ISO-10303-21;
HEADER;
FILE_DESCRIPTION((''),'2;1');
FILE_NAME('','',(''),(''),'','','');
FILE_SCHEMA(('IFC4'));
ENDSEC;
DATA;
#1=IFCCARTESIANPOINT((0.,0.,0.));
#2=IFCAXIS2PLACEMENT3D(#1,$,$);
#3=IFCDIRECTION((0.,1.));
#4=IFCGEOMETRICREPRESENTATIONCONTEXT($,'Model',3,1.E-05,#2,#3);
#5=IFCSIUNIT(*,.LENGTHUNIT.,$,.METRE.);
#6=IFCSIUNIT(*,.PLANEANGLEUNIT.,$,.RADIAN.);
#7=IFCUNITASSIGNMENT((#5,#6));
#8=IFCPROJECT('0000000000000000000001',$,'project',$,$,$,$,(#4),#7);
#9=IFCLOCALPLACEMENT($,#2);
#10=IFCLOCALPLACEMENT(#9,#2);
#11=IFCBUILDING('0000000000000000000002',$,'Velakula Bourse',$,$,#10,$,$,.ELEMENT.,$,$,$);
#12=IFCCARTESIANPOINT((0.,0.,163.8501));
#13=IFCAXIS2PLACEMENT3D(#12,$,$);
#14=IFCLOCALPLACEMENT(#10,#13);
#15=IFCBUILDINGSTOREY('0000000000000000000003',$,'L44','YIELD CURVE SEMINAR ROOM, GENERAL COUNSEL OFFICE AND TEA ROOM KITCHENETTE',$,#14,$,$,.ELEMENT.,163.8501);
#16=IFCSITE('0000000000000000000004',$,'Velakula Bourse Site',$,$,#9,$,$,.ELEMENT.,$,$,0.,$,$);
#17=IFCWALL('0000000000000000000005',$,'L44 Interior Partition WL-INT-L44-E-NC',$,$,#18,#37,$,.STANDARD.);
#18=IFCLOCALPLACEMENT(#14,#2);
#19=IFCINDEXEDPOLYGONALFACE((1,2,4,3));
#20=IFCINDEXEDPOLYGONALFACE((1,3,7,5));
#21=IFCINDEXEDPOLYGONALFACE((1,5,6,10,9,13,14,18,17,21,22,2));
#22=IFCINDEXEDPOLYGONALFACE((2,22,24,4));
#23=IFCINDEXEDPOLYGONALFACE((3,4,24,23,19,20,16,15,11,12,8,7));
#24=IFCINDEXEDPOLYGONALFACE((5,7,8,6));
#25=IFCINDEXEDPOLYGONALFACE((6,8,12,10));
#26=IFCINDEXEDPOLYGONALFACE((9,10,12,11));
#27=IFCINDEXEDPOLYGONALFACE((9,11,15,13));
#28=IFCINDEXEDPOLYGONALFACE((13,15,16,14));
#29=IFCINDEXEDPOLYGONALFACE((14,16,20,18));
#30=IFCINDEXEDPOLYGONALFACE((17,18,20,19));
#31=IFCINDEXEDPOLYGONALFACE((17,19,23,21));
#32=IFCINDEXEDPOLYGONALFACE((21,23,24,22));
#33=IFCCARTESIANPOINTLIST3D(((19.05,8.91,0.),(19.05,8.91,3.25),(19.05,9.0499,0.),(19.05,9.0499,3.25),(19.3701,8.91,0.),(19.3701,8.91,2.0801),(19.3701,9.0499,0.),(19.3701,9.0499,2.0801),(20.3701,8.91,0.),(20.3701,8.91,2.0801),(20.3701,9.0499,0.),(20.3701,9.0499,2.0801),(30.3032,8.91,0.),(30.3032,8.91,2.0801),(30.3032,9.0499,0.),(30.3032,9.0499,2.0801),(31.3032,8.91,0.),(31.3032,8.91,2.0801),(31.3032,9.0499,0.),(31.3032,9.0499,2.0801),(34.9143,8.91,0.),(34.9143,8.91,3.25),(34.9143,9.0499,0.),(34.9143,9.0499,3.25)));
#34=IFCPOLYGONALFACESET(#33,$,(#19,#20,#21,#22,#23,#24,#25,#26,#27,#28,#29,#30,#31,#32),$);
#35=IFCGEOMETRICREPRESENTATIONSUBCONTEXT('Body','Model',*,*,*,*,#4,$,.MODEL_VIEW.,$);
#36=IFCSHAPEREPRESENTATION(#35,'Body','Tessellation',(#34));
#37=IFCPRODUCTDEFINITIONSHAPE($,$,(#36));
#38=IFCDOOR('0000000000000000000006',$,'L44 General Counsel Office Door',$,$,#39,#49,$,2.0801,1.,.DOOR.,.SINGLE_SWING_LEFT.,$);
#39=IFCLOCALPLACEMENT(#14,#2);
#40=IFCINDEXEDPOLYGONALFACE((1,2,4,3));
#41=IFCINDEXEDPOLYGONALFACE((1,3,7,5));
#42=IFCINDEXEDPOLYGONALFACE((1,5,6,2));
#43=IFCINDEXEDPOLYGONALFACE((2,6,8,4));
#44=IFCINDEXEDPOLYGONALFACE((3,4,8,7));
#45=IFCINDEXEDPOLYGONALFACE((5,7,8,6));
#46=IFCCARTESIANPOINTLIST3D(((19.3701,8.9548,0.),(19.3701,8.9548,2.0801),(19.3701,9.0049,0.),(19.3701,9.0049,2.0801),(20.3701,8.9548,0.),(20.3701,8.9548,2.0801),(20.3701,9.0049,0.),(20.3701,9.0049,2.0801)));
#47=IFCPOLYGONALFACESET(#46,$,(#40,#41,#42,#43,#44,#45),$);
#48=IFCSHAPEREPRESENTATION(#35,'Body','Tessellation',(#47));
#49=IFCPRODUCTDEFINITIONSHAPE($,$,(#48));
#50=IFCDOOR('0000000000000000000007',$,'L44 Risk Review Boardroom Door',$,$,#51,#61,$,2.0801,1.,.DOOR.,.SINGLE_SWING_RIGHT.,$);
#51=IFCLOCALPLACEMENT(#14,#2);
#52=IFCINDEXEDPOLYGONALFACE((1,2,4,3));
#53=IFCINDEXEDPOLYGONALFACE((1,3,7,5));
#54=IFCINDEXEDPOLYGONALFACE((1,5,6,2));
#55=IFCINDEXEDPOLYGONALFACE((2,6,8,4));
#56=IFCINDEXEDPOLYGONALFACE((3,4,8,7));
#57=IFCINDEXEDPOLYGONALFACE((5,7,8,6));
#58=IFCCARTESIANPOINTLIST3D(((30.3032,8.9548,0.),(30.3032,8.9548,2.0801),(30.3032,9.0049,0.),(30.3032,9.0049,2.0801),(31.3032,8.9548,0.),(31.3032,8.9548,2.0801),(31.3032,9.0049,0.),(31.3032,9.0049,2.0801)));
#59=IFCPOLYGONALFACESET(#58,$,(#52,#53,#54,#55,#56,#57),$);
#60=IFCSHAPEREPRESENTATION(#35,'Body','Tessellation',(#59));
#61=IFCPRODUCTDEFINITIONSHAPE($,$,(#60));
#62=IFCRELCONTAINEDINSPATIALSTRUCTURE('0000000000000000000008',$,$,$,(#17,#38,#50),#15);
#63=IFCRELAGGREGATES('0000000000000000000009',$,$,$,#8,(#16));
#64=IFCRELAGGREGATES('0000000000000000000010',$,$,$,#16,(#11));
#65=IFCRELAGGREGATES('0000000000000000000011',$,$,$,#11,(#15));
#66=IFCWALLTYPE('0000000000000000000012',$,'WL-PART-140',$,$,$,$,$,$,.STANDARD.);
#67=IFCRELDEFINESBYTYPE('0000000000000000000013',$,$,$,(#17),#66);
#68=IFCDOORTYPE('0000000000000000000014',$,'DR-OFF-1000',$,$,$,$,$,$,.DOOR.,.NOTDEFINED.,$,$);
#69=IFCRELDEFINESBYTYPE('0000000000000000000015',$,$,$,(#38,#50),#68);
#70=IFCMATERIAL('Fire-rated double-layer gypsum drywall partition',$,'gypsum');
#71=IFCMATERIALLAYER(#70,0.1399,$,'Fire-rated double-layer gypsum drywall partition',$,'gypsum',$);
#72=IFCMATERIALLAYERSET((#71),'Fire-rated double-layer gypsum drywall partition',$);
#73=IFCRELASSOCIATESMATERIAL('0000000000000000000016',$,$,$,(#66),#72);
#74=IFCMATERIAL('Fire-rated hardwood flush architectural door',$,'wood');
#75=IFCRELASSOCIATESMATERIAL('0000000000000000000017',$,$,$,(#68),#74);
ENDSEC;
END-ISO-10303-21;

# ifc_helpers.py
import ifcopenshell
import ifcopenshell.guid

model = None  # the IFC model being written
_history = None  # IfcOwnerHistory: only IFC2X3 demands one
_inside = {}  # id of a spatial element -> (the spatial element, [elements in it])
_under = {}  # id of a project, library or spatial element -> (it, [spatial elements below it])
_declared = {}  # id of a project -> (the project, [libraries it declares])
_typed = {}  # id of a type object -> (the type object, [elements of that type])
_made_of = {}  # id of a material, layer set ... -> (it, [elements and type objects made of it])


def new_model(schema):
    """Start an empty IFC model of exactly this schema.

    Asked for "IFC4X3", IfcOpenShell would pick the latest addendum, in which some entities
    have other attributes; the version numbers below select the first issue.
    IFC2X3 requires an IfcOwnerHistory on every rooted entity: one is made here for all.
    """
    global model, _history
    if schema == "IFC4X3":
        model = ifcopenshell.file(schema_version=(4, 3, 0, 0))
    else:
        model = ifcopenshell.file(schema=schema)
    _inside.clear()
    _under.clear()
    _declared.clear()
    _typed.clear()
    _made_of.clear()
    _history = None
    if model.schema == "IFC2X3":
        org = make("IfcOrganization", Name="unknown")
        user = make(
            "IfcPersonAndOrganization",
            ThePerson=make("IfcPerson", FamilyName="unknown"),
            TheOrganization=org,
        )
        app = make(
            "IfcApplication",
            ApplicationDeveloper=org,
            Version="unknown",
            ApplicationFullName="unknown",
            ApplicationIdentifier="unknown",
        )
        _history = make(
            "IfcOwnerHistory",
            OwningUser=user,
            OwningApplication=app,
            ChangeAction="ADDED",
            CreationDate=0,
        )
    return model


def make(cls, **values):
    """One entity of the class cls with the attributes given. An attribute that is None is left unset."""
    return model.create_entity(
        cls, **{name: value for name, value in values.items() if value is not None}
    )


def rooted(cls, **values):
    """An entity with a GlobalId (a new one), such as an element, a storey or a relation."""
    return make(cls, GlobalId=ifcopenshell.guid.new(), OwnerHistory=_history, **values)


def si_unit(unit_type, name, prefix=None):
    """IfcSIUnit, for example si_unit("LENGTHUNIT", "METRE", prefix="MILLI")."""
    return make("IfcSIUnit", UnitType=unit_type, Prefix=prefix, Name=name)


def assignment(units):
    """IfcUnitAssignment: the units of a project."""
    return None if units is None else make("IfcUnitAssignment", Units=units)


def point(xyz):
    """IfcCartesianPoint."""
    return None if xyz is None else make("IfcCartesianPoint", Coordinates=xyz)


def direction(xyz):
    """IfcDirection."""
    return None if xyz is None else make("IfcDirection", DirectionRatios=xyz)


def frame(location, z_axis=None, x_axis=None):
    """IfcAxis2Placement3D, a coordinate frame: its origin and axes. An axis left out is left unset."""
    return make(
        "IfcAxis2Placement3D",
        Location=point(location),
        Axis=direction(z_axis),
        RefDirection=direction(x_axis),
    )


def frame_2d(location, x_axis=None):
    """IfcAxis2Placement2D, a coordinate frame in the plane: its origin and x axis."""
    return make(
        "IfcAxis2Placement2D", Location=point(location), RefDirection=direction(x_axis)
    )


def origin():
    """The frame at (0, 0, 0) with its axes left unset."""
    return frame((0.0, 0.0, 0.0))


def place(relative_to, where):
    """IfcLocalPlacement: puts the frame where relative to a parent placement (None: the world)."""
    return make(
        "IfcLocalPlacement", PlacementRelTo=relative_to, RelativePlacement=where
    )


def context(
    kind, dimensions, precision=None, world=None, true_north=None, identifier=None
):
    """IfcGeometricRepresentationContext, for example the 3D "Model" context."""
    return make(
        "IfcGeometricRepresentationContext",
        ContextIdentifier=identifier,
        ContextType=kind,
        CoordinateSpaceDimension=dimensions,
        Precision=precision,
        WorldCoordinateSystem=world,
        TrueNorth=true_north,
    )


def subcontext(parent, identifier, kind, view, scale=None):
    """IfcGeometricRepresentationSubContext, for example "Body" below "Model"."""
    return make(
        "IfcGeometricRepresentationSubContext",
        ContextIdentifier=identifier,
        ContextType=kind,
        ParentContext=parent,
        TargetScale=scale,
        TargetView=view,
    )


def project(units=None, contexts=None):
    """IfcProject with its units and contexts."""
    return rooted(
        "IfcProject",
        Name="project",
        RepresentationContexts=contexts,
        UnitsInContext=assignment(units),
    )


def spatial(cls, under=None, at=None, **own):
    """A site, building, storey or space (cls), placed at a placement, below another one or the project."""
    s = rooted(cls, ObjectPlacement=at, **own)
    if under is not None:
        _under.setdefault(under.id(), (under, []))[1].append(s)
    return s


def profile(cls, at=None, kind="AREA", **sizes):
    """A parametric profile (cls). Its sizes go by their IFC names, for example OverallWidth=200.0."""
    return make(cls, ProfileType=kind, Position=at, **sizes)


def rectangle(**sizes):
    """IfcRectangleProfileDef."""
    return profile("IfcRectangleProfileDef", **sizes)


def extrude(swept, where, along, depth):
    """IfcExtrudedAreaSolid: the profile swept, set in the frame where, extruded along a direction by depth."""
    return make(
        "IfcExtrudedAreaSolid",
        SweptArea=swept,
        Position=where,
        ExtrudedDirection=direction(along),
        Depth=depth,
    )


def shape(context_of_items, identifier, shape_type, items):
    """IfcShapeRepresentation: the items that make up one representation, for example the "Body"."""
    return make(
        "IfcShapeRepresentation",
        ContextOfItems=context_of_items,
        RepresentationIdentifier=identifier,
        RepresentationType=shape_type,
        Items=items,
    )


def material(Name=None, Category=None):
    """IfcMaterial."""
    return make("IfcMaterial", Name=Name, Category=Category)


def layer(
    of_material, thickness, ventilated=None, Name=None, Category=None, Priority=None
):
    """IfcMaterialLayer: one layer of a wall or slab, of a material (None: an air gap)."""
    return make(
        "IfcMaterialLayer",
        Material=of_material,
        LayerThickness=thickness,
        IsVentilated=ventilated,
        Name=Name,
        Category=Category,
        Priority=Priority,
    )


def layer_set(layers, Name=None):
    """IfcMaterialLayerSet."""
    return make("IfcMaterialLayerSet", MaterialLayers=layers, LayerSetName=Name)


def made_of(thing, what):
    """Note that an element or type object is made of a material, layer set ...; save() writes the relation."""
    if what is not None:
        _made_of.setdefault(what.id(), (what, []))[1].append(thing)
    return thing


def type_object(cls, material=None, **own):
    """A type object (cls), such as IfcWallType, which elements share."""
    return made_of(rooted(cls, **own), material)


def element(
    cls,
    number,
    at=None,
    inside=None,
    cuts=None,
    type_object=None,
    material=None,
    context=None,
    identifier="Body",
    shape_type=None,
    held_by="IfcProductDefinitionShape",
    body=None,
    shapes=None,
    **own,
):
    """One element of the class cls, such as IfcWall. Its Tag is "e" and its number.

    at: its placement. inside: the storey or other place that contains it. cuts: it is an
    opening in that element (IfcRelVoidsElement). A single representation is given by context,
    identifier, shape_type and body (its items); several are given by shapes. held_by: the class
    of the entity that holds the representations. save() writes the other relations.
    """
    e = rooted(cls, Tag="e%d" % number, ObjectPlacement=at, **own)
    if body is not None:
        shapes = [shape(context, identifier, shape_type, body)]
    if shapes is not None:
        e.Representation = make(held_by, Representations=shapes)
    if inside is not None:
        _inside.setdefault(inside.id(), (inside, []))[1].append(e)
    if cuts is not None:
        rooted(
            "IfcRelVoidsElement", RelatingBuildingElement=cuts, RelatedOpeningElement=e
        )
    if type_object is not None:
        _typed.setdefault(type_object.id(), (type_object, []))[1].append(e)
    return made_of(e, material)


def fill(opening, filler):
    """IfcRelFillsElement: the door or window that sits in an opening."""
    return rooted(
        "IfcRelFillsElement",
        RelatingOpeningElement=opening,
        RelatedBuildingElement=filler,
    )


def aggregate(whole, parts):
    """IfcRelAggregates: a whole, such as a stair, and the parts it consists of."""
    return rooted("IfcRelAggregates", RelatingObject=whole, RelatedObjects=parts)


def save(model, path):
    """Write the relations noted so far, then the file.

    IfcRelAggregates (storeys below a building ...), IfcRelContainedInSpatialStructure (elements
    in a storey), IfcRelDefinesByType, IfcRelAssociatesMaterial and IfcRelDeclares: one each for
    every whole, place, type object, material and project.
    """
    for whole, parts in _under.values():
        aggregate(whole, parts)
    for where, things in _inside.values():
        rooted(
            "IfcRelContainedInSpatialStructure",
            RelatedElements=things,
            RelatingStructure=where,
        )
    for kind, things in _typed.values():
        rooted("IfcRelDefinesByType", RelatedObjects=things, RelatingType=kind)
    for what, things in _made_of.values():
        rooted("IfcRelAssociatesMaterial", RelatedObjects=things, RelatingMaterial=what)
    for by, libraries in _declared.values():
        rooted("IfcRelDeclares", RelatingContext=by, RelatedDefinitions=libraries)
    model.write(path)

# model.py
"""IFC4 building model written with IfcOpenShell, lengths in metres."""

from ifc_helpers import new_model, si_unit, direction, frame, frame_2d, origin, place, context, subcontext, project, spatial, rectangle, extrude, material, layer, layer_set, type_object, element, fill, save


model = new_model("IFC4")

# Units and contexts
model_context = context("Model", 3, precision=1e-05, world=origin(), true_north=direction((0.0, 1.0)))
body_context = subcontext(model_context, "Body", "Model", "MODEL_VIEW")
ifc_project = project(units=[si_unit("LENGTHUNIT", "METRE"), si_unit("PLANEANGLEUNIT", "RADIAN")], contexts=[model_context])

# Site, building, storey
site_placement = place(None, origin())
site = spatial("IfcSite", under=ifc_project, at=site_placement, Name="Velakula Bourse Site", CompositionType="ELEMENT", RefElevation=0.0)
building_placement = place(site_placement, origin())
building = spatial("IfcBuilding", under=site, at=building_placement, Name="Velakula Bourse", CompositionType="ELEMENT")
storey_placement = place(building_placement, frame((0.0, 0.0, 163.8501)))
storey = spatial("IfcBuildingStorey", under=building, at=storey_placement, Name="L44", Description="YIELD CURVE SEMINAR ROOM, GENERAL COUNSEL OFFICE AND TEA ROOM KITCHENETTE", CompositionType="ELEMENT", Elevation=163.8501)

# Wall, openings, doors
ifc_material_1 = material(Name="Fire-rated double-layer gypsum drywall partition", Category="gypsum")
ifc_layer = layer(ifc_material_1, 0.1399, Name="Fire-rated double-layer gypsum drywall partition", Category="gypsum")
ifc_layer_set = layer_set([ifc_layer], Name="Fire-rated double-layer gypsum drywall partition")
wall_type = type_object("IfcWallType", Name="WL-PART-140", PredefinedType="STANDARD", material=ifc_layer_set)
wall_placement = place(storey_placement, frame((19.05, 8.98, 0.0), z_axis=(0.0, 0.0, 1.0), x_axis=(1.0, 0.0, 0.0)))
wall = element("IfcWall", 1, at=wall_placement, inside=storey, type_object=wall_type, Name="L44 Interior Partition WL-INT-L44-E-NC", PredefinedType="STANDARD", context=body_context, shape_type="SweptSolid", body=[
    extrude(rectangle(XDim=15.8643, YDim=0.1399, at=frame_2d((7.9321, 0.0))), origin(), (0.0, 0.0, 1.0), 3.25),
])
opening_1_placement = place(wall_placement, frame((0.3201, 0.0, 0.0)))
opening_1 = element("IfcOpeningElement", 2, at=opening_1_placement, cuts=wall, PredefinedType="OPENING", context=body_context, shape_type="SweptSolid", body=[
    extrude(rectangle(XDim=1.0, YDim=2.0801, at=frame_2d((0.5, 1.04))), frame((0.0, 0.0798, 0.0), z_axis=(0.0, -1.0, 0.0), x_axis=(1.0, 0.0, 0.0)), (0.0, 0.0, 1.0), 0.1599),
])
opening_2_placement = place(wall_placement, frame((11.2532, 0.0, 0.0)))
opening_2 = element("IfcOpeningElement", 3, at=opening_2_placement, cuts=wall, PredefinedType="OPENING", context=body_context, shape_type="SweptSolid", body=[
    extrude(rectangle(XDim=1.0, YDim=2.0801, at=frame_2d((0.5, 1.04))), frame((0.0, 0.0798, 0.0), z_axis=(0.0, -1.0, 0.0), x_axis=(1.0, 0.0, 0.0)), (0.0, 0.0, 1.0), 0.1599),
])
ifc_material_2 = material(Name="Fire-rated hardwood flush architectural door", Category="wood")
door_type = type_object("IfcDoorType", Name="DR-OFF-1000", OperationType="NOTDEFINED", PredefinedType="DOOR", material=ifc_material_2)
door_1_placement = place(opening_1_placement, origin())
door_1 = element("IfcDoor", 4, at=door_1_placement, inside=storey, type_object=door_type, Name="L44 General Counsel Office Door", OperationType="SINGLE_SWING_LEFT", OverallHeight=2.0801, OverallWidth=1.0, PredefinedType="DOOR", context=body_context, shape_type="SweptSolid", body=[
    extrude(rectangle(XDim=1.0, YDim=2.0801, at=frame_2d((0.5, 1.04))), frame((0.0, 0.0249, 0.0), z_axis=(0.0, -1.0, 0.0), x_axis=(1.0, 0.0, 0.0)), (0.0, 0.0, 1.0), 0.05),
])
fill(opening_1, door_1)
door_2_placement = place(opening_2_placement, origin())
door_2 = element("IfcDoor", 5, at=door_2_placement, inside=storey, type_object=door_type, Name="L44 Risk Review Boardroom Door", OperationType="SINGLE_SWING_RIGHT", OverallHeight=2.0801, OverallWidth=1.0, PredefinedType="DOOR", context=body_context, shape_type="SweptSolid", body=[
    extrude(rectangle(XDim=1.0, YDim=2.0801, at=frame_2d((0.5, 1.04))), frame((0.0, 0.0249, 0.0), z_axis=(0.0, -1.0, 0.0), x_axis=(1.0, 0.0, 0.0)), (0.0, 0.0, 1.0), 0.05),
])
fill(opening_2, door_2)

save(model, "model.ifc")
